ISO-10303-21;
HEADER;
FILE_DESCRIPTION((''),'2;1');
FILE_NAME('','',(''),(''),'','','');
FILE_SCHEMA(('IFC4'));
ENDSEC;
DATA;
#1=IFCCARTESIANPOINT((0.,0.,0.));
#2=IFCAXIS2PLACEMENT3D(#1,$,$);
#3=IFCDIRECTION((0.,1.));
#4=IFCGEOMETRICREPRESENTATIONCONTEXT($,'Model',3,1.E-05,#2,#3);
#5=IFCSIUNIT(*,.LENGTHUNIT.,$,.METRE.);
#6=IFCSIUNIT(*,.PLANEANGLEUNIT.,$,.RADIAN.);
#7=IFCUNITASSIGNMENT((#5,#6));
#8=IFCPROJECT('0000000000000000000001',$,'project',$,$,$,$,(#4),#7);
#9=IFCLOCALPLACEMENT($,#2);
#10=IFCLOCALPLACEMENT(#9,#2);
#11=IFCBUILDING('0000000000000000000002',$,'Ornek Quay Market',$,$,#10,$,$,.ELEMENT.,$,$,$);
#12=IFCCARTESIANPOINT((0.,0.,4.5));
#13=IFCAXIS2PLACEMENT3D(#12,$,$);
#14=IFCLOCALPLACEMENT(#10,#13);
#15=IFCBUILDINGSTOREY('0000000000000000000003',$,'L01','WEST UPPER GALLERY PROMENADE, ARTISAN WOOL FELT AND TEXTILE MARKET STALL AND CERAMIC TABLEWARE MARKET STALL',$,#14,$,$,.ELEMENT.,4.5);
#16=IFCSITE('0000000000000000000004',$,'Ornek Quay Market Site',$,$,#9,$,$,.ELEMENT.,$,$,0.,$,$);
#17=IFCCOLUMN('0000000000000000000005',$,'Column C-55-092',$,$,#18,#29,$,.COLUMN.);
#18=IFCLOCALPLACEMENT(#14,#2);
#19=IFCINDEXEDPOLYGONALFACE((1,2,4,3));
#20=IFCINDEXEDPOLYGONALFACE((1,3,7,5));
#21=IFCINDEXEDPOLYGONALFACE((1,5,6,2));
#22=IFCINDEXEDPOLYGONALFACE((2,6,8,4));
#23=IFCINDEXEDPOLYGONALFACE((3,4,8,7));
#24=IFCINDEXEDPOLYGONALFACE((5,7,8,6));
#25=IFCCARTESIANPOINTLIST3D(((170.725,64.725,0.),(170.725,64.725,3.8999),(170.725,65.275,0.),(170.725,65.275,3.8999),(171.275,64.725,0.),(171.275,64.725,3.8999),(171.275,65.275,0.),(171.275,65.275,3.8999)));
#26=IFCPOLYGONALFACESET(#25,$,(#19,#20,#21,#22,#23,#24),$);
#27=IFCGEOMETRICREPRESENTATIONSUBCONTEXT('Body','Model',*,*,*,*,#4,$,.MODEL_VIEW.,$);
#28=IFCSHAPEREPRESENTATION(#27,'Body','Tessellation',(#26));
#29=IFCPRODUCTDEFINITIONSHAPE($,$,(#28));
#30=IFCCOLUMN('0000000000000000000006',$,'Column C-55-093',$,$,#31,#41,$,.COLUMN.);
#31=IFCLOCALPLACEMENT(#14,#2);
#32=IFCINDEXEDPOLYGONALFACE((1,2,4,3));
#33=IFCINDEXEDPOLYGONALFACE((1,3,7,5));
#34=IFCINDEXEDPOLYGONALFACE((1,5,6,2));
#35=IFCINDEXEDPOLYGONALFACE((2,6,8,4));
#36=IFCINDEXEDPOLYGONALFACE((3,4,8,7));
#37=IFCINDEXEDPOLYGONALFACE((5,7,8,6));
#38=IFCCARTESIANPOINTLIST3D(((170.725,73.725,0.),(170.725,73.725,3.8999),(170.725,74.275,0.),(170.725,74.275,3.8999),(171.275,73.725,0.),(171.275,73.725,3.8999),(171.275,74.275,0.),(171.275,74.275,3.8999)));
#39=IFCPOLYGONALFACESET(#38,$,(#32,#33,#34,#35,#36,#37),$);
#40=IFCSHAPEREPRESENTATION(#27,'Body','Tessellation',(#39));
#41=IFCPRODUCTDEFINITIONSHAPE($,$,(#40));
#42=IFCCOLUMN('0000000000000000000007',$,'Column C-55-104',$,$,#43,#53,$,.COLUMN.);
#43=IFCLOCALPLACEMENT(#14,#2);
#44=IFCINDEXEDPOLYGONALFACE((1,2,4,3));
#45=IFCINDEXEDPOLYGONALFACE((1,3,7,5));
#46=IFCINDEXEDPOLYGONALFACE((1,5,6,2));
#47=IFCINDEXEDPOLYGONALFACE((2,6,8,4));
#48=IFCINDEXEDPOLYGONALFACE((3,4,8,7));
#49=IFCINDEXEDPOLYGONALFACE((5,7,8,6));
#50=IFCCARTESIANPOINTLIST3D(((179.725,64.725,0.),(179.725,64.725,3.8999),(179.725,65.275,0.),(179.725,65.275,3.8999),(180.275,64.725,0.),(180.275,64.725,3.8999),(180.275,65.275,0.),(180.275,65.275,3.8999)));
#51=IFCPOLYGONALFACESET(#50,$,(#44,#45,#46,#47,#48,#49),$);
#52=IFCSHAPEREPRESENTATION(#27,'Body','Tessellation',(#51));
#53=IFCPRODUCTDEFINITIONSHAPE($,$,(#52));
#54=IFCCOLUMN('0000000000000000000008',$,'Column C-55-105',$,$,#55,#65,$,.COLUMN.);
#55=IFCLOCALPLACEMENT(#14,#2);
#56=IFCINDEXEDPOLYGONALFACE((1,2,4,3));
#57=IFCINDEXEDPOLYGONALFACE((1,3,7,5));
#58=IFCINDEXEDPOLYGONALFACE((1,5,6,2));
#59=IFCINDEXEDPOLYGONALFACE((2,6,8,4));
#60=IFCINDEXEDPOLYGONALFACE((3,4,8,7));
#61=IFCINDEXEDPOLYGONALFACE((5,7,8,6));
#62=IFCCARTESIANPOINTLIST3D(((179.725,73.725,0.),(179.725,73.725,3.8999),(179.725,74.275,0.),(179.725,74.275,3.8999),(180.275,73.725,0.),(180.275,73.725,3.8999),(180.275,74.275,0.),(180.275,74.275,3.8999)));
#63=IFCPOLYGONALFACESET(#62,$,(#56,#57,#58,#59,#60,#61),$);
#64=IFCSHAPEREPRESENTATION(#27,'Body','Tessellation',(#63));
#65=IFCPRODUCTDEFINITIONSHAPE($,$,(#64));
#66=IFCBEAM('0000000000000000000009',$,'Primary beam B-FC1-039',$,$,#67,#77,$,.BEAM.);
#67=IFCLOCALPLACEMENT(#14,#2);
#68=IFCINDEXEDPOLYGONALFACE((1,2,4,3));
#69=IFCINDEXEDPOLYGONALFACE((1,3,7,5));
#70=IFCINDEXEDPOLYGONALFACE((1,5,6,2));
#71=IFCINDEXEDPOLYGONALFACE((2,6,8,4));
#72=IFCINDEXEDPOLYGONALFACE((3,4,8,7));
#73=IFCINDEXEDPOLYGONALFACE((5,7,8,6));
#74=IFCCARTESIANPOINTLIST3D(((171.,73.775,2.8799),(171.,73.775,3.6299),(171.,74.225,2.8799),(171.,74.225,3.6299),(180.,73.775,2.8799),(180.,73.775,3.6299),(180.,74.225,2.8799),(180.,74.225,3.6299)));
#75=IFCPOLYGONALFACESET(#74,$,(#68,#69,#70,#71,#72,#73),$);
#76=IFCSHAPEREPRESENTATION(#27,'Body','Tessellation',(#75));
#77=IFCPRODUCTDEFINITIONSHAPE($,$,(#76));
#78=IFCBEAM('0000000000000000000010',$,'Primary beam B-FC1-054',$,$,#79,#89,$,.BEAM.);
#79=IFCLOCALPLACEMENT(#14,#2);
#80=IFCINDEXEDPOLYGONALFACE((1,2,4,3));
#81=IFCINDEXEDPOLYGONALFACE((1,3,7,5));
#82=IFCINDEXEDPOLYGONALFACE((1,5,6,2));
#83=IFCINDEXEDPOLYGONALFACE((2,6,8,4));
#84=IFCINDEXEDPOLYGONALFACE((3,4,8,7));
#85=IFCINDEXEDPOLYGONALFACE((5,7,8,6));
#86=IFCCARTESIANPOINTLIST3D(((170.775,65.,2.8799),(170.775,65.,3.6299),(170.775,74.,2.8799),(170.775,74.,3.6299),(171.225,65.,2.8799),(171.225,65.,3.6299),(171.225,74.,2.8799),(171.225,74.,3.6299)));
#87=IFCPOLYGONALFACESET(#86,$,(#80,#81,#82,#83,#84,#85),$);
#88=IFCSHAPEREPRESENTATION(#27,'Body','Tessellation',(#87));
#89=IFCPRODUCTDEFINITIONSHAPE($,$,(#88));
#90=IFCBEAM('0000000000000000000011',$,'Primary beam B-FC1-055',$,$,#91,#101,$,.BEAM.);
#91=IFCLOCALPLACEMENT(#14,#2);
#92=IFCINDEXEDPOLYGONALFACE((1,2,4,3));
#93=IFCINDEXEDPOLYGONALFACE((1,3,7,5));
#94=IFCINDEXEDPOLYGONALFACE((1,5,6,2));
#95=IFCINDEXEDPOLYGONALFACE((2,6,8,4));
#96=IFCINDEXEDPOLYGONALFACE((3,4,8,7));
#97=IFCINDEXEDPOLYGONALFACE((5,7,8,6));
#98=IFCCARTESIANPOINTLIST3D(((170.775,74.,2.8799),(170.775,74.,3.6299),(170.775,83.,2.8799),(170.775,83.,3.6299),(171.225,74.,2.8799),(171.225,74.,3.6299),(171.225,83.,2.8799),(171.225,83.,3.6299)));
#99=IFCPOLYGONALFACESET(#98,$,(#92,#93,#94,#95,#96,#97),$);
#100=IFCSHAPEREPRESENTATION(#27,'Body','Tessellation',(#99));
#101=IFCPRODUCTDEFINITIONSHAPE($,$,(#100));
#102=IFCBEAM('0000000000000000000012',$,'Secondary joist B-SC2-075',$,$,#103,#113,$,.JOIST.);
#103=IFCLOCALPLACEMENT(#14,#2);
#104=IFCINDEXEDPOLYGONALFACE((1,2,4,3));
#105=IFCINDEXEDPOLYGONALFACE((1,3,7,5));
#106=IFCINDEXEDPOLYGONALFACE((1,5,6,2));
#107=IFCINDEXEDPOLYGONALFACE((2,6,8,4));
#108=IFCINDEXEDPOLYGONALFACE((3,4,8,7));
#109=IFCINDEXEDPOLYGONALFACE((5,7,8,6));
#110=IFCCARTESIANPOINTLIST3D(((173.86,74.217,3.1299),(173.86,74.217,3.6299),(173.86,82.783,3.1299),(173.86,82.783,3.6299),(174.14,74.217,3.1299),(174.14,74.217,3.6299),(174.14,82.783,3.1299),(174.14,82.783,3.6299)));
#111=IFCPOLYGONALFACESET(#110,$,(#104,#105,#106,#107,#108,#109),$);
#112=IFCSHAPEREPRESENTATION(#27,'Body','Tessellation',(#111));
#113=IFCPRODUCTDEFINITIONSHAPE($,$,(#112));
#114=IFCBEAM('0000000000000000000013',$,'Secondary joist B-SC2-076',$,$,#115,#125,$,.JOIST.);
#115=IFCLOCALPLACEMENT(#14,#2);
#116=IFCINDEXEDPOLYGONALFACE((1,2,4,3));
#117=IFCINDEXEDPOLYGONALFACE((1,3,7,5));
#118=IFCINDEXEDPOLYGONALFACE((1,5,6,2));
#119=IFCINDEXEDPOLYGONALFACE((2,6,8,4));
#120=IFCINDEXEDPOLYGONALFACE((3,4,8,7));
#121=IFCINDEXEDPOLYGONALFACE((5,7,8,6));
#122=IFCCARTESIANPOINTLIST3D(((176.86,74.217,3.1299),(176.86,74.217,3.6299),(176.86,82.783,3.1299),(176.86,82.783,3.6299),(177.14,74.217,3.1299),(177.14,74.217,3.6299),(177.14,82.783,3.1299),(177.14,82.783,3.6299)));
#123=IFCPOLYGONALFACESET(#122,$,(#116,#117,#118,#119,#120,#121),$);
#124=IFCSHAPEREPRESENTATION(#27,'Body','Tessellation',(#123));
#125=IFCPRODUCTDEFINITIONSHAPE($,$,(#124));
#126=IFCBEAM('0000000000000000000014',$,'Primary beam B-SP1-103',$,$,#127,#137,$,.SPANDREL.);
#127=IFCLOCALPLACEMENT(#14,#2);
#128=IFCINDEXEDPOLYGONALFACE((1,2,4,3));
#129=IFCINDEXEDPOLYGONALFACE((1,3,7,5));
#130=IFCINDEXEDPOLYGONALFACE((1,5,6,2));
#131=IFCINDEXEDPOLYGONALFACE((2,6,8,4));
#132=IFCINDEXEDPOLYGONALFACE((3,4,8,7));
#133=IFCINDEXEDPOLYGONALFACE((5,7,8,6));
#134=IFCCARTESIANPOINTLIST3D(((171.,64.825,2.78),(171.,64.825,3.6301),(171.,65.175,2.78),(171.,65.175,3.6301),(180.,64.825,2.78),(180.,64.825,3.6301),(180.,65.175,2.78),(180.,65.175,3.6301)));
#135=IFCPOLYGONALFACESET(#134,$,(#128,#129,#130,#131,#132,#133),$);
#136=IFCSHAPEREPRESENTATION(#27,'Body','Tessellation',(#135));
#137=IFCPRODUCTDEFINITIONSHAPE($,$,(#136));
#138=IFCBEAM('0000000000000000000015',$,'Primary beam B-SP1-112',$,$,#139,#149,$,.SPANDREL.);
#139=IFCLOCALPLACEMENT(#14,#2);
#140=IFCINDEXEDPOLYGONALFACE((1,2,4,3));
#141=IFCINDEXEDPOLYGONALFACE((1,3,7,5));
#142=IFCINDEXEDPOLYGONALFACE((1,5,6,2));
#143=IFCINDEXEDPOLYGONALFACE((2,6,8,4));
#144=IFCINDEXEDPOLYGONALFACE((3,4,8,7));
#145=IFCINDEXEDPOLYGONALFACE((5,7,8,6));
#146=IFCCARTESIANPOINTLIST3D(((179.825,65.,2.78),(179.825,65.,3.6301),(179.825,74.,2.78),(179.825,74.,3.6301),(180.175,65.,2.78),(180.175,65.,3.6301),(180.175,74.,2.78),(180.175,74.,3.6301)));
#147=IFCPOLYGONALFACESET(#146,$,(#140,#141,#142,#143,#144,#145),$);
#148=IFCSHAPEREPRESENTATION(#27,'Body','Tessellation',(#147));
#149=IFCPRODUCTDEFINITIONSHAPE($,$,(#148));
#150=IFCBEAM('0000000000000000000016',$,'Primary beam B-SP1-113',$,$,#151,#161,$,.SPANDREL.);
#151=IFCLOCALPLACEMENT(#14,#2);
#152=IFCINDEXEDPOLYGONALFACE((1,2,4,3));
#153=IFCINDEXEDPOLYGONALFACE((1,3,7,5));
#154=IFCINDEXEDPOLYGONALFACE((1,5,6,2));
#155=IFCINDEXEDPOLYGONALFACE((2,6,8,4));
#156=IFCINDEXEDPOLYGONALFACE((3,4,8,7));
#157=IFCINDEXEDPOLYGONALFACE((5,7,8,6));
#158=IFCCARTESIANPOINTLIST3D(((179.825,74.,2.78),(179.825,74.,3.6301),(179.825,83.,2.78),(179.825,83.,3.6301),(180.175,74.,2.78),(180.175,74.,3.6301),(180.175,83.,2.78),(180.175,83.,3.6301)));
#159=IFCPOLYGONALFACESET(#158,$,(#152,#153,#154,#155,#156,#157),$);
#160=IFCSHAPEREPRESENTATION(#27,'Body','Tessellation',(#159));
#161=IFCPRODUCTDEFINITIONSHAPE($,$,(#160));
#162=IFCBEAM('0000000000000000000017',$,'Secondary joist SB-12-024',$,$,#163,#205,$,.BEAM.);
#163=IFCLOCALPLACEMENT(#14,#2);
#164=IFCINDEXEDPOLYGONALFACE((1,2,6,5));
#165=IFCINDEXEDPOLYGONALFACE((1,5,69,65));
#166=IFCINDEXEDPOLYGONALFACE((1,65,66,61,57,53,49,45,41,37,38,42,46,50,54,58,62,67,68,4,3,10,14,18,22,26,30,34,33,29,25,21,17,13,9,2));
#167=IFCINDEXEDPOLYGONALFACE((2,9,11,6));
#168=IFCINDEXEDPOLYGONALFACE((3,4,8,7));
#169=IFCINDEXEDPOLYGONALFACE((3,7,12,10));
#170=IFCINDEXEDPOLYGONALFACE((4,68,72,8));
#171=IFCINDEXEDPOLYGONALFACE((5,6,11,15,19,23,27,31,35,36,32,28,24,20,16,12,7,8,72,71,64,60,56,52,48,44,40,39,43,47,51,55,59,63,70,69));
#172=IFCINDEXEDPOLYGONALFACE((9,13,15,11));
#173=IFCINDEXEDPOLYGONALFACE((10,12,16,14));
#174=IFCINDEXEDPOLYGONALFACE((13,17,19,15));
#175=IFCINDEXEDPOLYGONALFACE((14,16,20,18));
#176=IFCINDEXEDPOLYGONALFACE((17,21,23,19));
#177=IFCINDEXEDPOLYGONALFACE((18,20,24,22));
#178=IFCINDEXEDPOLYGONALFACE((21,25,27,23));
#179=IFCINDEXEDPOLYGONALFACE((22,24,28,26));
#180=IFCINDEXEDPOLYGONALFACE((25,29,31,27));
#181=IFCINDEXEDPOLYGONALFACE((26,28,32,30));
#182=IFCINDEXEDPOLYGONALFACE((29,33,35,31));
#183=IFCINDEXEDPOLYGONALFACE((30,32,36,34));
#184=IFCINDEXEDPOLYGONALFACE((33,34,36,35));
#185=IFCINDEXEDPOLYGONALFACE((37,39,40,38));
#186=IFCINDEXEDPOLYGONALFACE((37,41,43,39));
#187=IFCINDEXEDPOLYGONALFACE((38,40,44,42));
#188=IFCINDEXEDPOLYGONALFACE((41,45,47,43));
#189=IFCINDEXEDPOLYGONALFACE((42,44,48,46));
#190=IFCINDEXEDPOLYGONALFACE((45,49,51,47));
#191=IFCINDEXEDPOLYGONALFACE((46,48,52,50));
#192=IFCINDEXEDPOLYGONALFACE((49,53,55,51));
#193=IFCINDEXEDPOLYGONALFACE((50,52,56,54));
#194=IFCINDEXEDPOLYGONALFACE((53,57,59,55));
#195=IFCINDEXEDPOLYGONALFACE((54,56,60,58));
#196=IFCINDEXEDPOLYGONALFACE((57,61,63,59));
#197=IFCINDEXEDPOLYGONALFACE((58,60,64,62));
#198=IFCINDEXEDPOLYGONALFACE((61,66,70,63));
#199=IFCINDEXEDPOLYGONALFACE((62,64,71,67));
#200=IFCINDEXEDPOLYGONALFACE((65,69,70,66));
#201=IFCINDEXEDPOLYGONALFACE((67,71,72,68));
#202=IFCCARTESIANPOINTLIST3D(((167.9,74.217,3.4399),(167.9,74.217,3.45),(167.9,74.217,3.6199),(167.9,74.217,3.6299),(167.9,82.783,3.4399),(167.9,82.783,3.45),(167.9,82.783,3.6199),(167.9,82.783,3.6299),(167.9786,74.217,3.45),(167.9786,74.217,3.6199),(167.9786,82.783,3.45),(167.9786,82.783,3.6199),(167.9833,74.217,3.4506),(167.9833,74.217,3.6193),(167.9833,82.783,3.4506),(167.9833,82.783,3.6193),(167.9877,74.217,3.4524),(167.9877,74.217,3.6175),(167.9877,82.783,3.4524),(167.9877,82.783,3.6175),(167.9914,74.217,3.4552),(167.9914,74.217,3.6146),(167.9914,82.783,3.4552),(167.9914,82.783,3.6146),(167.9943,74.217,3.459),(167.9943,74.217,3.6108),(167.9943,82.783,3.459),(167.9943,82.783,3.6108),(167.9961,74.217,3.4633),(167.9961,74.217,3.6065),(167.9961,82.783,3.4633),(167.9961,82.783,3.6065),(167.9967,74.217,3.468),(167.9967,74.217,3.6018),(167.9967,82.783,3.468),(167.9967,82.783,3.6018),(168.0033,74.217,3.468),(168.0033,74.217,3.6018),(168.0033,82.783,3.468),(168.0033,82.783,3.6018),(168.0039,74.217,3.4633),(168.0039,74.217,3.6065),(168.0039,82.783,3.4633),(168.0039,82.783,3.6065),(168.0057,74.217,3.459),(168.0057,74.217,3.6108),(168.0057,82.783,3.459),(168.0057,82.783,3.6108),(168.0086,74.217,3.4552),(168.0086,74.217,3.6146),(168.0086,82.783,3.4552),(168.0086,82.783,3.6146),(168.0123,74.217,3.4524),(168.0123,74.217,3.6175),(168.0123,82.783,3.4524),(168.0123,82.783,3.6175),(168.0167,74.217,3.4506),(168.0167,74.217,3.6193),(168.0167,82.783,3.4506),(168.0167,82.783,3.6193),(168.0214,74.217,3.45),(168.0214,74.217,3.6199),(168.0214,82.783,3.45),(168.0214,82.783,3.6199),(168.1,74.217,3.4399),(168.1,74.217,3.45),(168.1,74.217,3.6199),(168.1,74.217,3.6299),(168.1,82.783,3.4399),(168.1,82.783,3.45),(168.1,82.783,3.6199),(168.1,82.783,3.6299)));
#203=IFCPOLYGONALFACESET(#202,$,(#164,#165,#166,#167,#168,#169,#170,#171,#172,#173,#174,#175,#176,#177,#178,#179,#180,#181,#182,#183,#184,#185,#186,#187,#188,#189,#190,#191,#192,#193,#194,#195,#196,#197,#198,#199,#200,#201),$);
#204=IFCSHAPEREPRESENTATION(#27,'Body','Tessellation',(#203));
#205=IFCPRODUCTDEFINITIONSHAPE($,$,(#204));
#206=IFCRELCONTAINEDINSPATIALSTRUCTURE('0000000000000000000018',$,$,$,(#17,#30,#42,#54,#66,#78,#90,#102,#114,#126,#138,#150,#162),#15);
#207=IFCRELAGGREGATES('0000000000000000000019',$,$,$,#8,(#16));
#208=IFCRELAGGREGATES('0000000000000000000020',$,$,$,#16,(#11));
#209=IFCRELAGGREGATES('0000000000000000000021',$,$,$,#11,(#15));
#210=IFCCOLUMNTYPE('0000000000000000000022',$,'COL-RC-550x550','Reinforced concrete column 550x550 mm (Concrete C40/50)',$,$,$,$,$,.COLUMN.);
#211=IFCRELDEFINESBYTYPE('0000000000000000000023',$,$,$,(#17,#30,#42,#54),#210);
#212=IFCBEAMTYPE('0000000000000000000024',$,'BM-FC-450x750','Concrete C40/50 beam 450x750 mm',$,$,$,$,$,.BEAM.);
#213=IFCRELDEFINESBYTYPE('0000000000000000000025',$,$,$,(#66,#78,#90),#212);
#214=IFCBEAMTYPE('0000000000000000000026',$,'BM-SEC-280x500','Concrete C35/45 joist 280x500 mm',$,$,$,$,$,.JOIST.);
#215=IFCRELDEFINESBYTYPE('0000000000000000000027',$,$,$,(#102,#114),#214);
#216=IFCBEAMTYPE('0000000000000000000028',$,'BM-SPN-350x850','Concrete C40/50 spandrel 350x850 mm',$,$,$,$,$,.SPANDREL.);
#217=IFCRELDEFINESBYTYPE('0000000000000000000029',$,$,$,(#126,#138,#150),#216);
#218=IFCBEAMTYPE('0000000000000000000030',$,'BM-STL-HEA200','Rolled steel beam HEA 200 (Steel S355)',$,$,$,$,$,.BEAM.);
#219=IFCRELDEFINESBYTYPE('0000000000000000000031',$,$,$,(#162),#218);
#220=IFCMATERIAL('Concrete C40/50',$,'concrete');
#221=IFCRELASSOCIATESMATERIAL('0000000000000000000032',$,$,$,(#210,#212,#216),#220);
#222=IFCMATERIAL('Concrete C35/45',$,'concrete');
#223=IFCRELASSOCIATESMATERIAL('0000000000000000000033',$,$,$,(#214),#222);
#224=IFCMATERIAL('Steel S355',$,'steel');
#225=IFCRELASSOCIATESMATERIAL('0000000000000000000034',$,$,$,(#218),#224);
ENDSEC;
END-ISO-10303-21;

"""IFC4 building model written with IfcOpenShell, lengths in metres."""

from ifc_helpers import new_model, si_unit, direction, frame, origin, origin_2d, place, context, subcontext, project, spatial, rectangle, i_section, extrude, material, material_profile, profile_set, type_object, element, save


model = new_model("IFC4")

# Units and contexts
model_context = context("Model", 3, precision=1e-05, world=origin(), true_north=direction((0.0, 1.0)))
body_context = subcontext(model_context, "Body", "Model", "MODEL_VIEW")
ifc_project = project(units=[si_unit("LENGTHUNIT", "METRE"), si_unit("PLANEANGLEUNIT", "RADIAN")], contexts=[model_context])

# Site, building, storey
site_placement = place(None, origin())
site = spatial("IfcSite", under=ifc_project, at=site_placement, Name="Ornek Quay Market Site", CompositionType="ELEMENT", RefElevation=0.0)
building_placement = place(site_placement, origin())
building = spatial("IfcBuilding", under=site, at=building_placement, Name="Ornek Quay Market", CompositionType="ELEMENT")
storey_placement = place(building_placement, frame((0.0, 0.0, 4.5)))
storey = spatial("IfcBuildingStorey", under=building, at=storey_placement, Name="L01", Description="WEST UPPER GALLERY PROMENADE, ARTISAN WOOL FELT AND TEXTILE MARKET STALL AND CERAMIC TABLEWARE MARKET STALL", CompositionType="ELEMENT", Elevation=4.5)

# Columns
ifc_material_1 = material(Name="Concrete C40/50", Category="concrete")
ifc_material_profile_1 = material_profile(ifc_material_1, rectangle(XDim=0.55, YDim=0.55, at=origin_2d()), Name="RC 550x550", Category="concrete")
ifc_profile_set_1 = profile_set([ifc_material_profile_1], Name="Concrete C40/50")
column_type = type_object("IfcColumnType", Name="COL-RC-550x550", Description="Reinforced concrete column 550x550 mm (Concrete C40/50)", PredefinedType="COLUMN", material=ifc_profile_set_1)
for number, where, z_axis, x_axis, name in (
    (1, (171.0, 65.0, 0.0), (0.0, 0.0, 1.0), (1.0, 0.0, 0.0), "Column C-55-092"),
    (2, (171.0, 74.0, 0.0), (0.0, 0.0, 1.0), (1.0, 0.0, 0.0), "Column C-55-093"),
    (3, (180.0, 65.0, 0.0), (0.0, 0.0, 1.0), (1.0, 0.0, 0.0), "Column C-55-104"),
    (4, (180.0, 74.0, 0.0), (0.0, 0.0, 1.0), (1.0, 0.0, 0.0), "Column C-55-105"),
):
    element("IfcColumn", number, at=place(storey_placement, frame(where, z_axis=z_axis, x_axis=x_axis)), inside=storey, type_object=column_type, Name=name, PredefinedType="COLUMN", context=body_context, shape_type="SweptSolid", body=[
        extrude(rectangle(XDim=0.55, YDim=0.55, at=origin_2d()), origin(), (0.0, 0.0, 1.0), 3.8999),
    ])

# Beams
ifc_material_profile_2 = material_profile(ifc_material_1, rectangle(XDim=0.45, YDim=0.75, at=origin_2d()), Name="RC 450x750", Category="concrete")
ifc_profile_set_2 = profile_set([ifc_material_profile_2], Name="Concrete C40/50")
beam_type_1 = type_object("IfcBeamType", Name="BM-FC-450x750", Description="Concrete C40/50 beam 450x750 mm", PredefinedType="BEAM", material=ifc_profile_set_2)
for number, where, z_axis, x_axis, name in (
    (5, (171.0, 74.0, 3.2549), (1.0, 0.0, 0.0), (0.0, 1.0, 0.0), "Primary beam B-FC1-039"),
    (6, (171.0, 65.0, 3.2549), (0.0, 1.0, 0.0), (-1.0, 0.0, 0.0), "Primary beam B-FC1-054"),
    (7, (171.0, 74.0, 3.2549), (0.0, 1.0, 0.0), (-1.0, 0.0, 0.0), "Primary beam B-FC1-055"),
):
    element("IfcBeam", number, at=place(storey_placement, frame(where, z_axis=z_axis, x_axis=x_axis)), inside=storey, type_object=beam_type_1, Name=name, PredefinedType="BEAM", context=body_context, shape_type="SweptSolid", body=[
        extrude(rectangle(XDim=0.45, YDim=0.75, at=origin_2d()), origin(), (0.0, 0.0, 1.0), 9.0),
    ])
ifc_material_2 = material(Name="Concrete C35/45", Category="concrete")
ifc_material_profile_3 = material_profile(ifc_material_2, rectangle(XDim=0.28, YDim=0.5, at=origin_2d()), Name="RC 280x500", Category="concrete")
ifc_profile_set_3 = profile_set([ifc_material_profile_3], Name="Concrete C35/45")
beam_type_2 = type_object("IfcBeamType", Name="BM-SEC-280x500", Description="Concrete C35/45 joist 280x500 mm", PredefinedType="JOIST", material=ifc_profile_set_3)
for number, where, z_axis, x_axis, name in (
    (8, (174.0, 74.217, 3.3799), (0.0, 1.0, 0.0), (-1.0, 0.0, 0.0), "Secondary joist B-SC2-075"),
    (9, (177.0, 74.217, 3.3799), (0.0, 1.0, 0.0), (-1.0, 0.0, 0.0), "Secondary joist B-SC2-076"),
):
    element("IfcBeam", number, at=place(storey_placement, frame(where, z_axis=z_axis, x_axis=x_axis)), inside=storey, type_object=beam_type_2, Name=name, PredefinedType="JOIST", context=body_context, shape_type="SweptSolid", body=[
        extrude(rectangle(XDim=0.28, YDim=0.5, at=origin_2d()), origin(), (0.0, 0.0, 1.0), 8.5659),
    ])
ifc_material_profile_4 = material_profile(ifc_material_1, rectangle(XDim=0.3501, YDim=0.8501, at=origin_2d()), Name="RC 350x850", Category="concrete")
ifc_profile_set_4 = profile_set([ifc_material_profile_4], Name="Concrete C40/50")
beam_type_3 = type_object("IfcBeamType", Name="BM-SPN-350x850", Description="Concrete C40/50 spandrel 350x850 mm", PredefinedType="SPANDREL", material=ifc_profile_set_4)
for number, where, z_axis, x_axis, name in (
    (10, (171.0, 65.0, 3.2051), (1.0, 0.0, 0.0), (0.0, 1.0, 0.0), "Primary beam B-SP1-103"),
    (11, (180.0, 65.0, 3.2051), (0.0, 1.0, 0.0), (-1.0, 0.0, 0.0), "Primary beam B-SP1-112"),
    (12, (180.0, 74.0, 3.2051), (0.0, 1.0, 0.0), (-1.0, 0.0, 0.0), "Primary beam B-SP1-113"),
):
    element("IfcBeam", number, at=place(storey_placement, frame(where, z_axis=z_axis, x_axis=x_axis)), inside=storey, type_object=beam_type_3, Name=name, PredefinedType="SPANDREL", context=body_context, shape_type="SweptSolid", body=[
        extrude(rectangle(XDim=0.3501, YDim=0.8501, at=origin_2d()), origin(), (0.0, 0.0, 1.0), 9.0),
    ])
ifc_material_3 = material(Name="Steel S355", Category="steel")
ifc_material_profile_5 = material_profile(ifc_material_3, i_section(OverallWidth=0.2, OverallDepth=0.1899, WebThickness=0.0066, FlangeThickness=0.01, FilletRadius=0.0181, at=origin_2d()), Name="HEA 200", Category="steel")
ifc_profile_set_5 = profile_set([ifc_material_profile_5], Name="Steel S355")
beam_type_4 = type_object("IfcBeamType", Name="BM-STL-HEA200", Description="Rolled steel beam HEA 200 (Steel S355)", PredefinedType="BEAM", material=ifc_profile_set_5)
beam_1_placement = place(storey_placement, frame((168.0, 74.217, 3.5349), z_axis=(0.0, 1.0, 0.0), x_axis=(-1.0, 0.0, 0.0)))
element("IfcBeam", 13, at=beam_1_placement, inside=storey, type_object=beam_type_4, Name="Secondary joist SB-12-024", PredefinedType="BEAM", context=body_context, shape_type="SweptSolid", body=[
    extrude(i_section(OverallWidth=0.2, OverallDepth=0.1899, WebThickness=0.0066, FlangeThickness=0.01, FilletRadius=0.0181, at=origin_2d()), origin(), (0.0, 0.0, 1.0), 8.5659),
])

save(model, "model.ifc")
